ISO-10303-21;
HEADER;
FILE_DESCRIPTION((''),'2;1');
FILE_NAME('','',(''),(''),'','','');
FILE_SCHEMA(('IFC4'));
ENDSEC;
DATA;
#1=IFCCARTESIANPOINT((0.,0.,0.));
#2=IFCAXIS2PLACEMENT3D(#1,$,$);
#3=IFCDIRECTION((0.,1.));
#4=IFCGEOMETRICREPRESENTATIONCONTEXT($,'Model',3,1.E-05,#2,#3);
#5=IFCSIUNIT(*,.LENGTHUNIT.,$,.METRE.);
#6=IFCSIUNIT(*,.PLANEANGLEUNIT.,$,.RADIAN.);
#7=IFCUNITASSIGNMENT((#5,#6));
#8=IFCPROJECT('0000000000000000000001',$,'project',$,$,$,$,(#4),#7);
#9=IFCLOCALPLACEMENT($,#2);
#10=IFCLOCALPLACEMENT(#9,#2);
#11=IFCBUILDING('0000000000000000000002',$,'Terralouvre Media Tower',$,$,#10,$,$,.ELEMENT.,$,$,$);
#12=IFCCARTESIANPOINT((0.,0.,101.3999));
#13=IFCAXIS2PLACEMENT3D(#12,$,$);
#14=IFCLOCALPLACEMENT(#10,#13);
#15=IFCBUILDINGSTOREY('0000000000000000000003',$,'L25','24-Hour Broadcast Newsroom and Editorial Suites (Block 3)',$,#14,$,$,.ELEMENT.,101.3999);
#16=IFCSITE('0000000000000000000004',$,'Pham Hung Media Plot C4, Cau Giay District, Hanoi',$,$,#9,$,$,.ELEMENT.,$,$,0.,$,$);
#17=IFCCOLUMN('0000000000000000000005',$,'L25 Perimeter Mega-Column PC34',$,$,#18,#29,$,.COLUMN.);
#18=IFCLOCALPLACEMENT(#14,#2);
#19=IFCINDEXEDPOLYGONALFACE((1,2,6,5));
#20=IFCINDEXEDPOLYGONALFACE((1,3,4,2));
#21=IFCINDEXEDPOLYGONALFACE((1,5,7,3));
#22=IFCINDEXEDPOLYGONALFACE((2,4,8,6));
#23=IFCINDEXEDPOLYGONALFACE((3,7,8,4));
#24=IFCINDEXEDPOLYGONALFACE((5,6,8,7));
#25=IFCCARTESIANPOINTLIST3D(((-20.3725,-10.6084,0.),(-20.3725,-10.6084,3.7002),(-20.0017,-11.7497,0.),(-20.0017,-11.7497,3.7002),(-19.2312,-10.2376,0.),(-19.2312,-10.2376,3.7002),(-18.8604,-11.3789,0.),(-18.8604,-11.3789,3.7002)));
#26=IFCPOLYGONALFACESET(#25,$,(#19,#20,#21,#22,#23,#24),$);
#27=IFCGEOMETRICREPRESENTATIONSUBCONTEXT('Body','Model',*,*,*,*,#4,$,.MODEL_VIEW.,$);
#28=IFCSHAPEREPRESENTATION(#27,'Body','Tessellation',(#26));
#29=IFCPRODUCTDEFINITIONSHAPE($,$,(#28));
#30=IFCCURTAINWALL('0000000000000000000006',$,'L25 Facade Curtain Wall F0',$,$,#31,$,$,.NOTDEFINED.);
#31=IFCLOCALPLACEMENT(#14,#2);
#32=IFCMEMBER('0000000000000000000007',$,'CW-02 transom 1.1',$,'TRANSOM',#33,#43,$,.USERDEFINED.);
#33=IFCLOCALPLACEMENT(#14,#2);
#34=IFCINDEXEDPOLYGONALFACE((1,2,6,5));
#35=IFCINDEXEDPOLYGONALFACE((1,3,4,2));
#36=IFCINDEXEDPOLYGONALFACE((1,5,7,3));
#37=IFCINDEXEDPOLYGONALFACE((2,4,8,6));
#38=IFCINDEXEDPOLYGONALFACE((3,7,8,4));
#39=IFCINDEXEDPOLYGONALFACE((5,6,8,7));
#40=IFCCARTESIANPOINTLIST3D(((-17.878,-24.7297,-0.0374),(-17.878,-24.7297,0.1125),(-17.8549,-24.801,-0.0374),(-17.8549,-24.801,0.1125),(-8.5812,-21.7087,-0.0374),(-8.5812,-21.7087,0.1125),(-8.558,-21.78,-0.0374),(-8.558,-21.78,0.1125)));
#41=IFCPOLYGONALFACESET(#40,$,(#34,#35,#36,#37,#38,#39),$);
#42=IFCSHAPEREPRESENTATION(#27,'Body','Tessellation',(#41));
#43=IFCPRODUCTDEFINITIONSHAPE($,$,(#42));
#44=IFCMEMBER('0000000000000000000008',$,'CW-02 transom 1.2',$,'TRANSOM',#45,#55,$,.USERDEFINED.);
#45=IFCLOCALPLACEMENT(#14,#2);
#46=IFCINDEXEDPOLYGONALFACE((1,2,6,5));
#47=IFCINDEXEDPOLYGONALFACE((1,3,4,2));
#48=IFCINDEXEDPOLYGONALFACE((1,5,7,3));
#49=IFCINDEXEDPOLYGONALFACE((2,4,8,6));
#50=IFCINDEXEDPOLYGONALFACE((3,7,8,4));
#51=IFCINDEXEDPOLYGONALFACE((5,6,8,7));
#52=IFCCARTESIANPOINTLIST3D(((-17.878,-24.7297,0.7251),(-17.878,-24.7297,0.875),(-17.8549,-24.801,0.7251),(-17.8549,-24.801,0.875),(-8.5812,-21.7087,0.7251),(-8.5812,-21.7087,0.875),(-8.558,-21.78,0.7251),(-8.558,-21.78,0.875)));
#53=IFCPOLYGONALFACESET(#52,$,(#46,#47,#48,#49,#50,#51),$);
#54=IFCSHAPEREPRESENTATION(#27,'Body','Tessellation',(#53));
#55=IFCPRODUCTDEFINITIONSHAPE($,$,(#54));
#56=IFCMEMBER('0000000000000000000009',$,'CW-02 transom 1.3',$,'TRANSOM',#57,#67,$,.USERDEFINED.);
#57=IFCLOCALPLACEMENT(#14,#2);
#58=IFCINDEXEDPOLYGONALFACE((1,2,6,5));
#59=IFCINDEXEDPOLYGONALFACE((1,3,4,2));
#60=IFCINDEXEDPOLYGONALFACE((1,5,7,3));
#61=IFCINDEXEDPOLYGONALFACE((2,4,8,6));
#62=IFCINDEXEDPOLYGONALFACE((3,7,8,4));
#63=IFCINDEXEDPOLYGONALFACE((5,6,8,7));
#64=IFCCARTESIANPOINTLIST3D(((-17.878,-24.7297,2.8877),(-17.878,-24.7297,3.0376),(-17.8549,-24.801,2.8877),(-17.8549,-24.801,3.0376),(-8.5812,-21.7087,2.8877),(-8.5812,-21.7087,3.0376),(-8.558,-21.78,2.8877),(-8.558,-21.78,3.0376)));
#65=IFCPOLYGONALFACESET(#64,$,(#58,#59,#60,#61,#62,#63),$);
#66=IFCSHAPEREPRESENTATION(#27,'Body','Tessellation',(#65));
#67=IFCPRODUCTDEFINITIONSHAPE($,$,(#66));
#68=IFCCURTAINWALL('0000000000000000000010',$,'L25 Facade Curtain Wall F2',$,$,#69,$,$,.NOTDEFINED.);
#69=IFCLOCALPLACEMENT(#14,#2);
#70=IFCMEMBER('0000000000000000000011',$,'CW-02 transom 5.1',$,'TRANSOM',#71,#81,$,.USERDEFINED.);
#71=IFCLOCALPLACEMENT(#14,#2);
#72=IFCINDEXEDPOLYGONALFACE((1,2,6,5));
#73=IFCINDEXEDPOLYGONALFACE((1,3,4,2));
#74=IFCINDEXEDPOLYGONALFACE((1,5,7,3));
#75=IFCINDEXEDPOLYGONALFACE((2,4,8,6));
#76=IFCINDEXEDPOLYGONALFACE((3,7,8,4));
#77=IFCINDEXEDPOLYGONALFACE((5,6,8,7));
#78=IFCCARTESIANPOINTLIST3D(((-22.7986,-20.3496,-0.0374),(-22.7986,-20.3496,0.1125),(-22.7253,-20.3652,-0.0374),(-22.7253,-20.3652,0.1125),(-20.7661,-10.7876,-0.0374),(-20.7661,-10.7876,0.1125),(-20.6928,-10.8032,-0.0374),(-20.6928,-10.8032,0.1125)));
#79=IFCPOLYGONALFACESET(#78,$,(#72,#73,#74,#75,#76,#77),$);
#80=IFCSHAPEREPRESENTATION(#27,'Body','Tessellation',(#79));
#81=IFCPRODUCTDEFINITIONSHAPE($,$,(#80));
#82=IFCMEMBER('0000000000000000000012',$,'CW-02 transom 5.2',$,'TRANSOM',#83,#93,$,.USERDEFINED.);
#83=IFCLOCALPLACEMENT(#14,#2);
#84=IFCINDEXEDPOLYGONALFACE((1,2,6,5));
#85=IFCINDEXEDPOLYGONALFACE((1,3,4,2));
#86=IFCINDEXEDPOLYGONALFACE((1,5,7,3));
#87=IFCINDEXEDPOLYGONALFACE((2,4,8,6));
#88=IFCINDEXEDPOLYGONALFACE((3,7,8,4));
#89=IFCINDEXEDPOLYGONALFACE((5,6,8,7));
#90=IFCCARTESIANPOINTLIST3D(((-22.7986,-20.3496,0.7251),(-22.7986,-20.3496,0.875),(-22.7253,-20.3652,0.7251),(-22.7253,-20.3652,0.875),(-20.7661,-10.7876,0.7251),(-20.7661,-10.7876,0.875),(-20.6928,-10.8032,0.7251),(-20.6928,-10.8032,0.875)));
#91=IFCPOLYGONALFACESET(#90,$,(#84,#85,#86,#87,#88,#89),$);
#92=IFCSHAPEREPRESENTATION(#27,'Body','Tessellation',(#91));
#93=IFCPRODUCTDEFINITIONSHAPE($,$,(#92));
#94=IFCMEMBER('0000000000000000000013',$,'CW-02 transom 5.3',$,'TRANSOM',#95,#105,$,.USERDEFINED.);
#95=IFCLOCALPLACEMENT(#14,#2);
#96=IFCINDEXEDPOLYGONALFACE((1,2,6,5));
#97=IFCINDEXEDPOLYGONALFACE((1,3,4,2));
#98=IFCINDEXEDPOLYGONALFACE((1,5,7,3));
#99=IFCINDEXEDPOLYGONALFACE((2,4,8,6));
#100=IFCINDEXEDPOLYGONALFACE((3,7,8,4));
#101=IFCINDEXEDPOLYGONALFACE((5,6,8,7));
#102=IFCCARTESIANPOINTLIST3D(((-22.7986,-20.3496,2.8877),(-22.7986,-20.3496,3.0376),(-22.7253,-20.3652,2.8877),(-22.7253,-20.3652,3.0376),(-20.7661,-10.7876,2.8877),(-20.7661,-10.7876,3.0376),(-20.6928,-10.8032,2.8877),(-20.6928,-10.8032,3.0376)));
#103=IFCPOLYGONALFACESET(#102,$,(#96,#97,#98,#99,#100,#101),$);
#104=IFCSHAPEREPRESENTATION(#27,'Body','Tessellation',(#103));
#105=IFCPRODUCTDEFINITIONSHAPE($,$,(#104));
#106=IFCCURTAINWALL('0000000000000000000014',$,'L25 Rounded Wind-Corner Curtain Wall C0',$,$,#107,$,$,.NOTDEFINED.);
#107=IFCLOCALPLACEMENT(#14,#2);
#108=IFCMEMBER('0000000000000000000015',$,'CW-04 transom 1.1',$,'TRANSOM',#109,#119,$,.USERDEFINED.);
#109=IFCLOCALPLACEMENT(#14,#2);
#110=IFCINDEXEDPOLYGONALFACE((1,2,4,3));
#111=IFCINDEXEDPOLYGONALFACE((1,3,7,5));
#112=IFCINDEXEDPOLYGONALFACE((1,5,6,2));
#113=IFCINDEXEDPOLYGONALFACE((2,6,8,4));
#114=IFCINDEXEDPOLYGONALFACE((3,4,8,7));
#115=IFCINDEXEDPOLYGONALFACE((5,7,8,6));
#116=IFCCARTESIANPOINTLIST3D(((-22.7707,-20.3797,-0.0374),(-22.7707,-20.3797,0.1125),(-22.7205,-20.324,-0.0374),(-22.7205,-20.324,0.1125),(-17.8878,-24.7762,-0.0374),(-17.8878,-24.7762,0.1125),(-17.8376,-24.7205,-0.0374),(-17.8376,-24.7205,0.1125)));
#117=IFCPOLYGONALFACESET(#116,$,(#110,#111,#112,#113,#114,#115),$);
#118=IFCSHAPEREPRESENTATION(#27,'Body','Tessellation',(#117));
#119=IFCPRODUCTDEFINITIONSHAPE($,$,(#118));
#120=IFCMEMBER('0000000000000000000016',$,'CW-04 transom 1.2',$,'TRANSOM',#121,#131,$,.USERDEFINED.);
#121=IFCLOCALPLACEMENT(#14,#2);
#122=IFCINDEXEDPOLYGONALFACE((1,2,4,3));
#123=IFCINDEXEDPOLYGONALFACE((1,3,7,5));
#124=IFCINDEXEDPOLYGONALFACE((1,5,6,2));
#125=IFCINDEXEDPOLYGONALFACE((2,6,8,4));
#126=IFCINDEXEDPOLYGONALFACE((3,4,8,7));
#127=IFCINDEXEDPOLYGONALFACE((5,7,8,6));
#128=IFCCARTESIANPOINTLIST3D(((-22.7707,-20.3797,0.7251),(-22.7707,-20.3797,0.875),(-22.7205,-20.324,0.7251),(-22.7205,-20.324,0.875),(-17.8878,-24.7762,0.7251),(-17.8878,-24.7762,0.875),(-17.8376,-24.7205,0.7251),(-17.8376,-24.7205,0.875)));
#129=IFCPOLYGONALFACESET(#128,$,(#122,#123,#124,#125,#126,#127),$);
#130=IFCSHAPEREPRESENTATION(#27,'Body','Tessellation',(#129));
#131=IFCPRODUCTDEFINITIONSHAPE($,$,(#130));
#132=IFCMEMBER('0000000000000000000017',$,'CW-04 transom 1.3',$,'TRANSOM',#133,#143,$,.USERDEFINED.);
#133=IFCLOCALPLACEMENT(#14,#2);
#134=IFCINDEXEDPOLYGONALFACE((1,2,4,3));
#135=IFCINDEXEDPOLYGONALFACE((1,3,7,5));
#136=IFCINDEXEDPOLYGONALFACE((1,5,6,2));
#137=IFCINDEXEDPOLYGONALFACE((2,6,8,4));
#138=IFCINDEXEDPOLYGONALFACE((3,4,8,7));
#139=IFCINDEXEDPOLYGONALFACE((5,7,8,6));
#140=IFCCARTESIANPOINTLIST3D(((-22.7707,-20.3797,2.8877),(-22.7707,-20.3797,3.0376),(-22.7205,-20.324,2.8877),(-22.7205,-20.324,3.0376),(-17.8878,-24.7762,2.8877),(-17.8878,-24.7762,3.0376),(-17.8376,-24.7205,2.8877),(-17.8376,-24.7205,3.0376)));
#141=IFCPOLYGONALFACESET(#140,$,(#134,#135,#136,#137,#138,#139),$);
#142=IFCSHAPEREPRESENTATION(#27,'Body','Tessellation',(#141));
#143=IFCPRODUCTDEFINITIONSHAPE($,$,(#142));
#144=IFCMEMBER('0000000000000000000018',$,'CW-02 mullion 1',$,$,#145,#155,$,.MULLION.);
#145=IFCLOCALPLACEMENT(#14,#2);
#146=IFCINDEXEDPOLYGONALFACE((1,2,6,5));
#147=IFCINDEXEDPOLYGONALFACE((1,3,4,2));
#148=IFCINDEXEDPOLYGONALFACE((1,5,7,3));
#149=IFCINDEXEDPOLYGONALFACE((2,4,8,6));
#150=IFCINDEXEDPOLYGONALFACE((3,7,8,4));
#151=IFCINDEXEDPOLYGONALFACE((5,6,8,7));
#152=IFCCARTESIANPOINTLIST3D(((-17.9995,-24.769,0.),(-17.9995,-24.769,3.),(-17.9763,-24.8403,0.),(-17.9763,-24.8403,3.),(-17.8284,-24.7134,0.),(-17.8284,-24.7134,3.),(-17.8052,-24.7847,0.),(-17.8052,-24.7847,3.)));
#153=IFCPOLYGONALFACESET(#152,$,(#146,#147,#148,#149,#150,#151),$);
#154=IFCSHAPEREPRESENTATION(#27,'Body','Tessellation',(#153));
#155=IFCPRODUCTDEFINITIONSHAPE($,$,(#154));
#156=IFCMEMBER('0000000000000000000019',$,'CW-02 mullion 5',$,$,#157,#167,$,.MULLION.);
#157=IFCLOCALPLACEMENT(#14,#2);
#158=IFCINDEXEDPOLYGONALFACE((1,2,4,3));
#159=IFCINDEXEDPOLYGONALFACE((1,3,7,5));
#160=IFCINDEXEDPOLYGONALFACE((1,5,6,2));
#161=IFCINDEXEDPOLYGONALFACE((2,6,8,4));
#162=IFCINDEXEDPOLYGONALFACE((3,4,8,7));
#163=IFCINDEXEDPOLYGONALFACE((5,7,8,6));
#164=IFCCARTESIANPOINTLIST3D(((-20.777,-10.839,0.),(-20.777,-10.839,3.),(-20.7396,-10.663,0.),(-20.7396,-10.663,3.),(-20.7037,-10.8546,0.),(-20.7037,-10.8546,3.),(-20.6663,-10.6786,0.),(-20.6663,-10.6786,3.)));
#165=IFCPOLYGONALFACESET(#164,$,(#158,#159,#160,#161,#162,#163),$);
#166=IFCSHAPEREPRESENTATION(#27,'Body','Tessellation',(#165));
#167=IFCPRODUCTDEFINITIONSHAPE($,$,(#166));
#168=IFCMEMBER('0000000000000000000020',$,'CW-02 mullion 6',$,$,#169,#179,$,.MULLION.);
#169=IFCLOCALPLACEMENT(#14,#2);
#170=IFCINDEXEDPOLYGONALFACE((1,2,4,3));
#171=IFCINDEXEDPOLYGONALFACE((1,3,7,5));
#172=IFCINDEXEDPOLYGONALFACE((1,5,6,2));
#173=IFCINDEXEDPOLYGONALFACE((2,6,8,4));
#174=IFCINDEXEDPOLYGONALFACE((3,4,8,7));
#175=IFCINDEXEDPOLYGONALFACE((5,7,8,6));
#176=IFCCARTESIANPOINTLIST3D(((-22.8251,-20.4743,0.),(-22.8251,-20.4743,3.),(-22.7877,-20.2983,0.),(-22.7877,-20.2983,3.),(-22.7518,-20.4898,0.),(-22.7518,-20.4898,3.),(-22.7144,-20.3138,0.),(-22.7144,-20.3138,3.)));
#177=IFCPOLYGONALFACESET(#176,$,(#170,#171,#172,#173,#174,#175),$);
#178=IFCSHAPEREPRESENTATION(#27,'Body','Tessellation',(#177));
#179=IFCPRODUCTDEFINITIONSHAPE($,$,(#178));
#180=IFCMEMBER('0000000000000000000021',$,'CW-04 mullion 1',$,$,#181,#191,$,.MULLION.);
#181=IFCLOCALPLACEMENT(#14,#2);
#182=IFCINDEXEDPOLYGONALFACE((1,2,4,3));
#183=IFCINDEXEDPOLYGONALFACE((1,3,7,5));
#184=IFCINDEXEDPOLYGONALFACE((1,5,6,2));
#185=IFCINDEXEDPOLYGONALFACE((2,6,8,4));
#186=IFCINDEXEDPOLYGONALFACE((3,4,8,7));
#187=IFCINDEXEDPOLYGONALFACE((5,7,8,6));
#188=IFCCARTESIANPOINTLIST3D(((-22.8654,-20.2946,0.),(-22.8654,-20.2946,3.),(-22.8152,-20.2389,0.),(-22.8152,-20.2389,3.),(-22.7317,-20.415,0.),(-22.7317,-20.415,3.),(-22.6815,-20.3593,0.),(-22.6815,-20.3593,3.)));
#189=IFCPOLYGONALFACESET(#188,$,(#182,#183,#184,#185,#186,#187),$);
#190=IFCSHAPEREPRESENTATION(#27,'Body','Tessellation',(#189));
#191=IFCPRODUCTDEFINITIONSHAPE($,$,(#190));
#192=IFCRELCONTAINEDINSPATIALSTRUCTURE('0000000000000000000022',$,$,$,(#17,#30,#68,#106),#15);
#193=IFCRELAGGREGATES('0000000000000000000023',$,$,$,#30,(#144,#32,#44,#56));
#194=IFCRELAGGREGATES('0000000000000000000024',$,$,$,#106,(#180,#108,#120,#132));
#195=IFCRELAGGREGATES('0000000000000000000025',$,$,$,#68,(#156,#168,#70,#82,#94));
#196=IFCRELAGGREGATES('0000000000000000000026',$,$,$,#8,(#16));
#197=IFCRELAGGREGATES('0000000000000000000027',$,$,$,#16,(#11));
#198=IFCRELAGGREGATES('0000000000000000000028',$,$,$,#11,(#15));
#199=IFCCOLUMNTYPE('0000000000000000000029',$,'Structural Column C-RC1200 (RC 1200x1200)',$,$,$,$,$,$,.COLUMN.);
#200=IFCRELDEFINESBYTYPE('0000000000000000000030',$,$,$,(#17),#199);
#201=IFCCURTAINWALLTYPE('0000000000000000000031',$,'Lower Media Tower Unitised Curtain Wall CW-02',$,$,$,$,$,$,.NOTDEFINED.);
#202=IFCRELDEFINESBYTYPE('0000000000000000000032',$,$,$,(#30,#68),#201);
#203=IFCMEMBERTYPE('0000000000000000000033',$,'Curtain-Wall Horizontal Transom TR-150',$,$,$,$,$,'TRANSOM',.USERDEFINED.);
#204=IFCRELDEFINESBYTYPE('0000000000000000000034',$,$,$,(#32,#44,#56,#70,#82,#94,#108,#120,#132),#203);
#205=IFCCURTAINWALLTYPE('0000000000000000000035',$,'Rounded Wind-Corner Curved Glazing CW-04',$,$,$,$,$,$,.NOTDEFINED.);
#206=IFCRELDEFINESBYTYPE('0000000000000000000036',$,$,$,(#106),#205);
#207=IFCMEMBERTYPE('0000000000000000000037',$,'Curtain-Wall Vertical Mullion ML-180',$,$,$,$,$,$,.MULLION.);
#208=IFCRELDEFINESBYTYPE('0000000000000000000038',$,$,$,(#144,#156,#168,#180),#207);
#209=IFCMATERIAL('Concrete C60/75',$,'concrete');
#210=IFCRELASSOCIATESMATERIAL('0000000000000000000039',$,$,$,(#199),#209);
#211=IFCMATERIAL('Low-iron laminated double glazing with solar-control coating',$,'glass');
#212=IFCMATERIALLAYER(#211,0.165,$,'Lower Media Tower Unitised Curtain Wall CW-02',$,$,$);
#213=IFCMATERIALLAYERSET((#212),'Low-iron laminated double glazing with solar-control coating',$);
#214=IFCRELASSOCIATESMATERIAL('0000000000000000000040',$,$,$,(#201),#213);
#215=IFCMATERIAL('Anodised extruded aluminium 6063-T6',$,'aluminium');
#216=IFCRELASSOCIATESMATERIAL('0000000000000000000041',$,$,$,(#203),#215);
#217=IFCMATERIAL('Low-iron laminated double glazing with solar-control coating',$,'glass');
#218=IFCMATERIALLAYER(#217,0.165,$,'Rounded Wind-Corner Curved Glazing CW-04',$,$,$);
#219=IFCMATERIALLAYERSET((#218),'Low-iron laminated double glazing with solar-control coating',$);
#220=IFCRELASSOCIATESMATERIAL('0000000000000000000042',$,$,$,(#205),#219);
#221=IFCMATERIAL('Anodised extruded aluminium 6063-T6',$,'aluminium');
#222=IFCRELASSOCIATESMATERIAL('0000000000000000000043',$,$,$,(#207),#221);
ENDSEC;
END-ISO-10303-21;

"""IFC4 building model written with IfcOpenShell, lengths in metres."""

from ifc_helpers import new_model, si_unit, direction, frame, origin, origin_2d, place, context, subcontext, project, spatial, rectangle, extrude, material, layer, layer_set, material_profile, profile_set, type_object, element, aggregate, save


model = new_model("IFC4")

# Units and contexts
model_context = context("Model", 3, precision=1e-05, world=origin(), true_north=direction((0.0, 1.0)))
body_context = subcontext(model_context, "Body", "Model", "MODEL_VIEW")
ifc_project = project(units=[si_unit("LENGTHUNIT", "METRE"), si_unit("PLANEANGLEUNIT", "RADIAN")], contexts=[model_context])

# Site, building, storey
site_placement = place(None, origin())
site = spatial("IfcSite", under=ifc_project, at=site_placement, Name="Pham Hung Media Plot C4, Cau Giay District, Hanoi", CompositionType="ELEMENT", RefElevation=0.0)
building_placement = place(site_placement, origin())
building = spatial("IfcBuilding", under=site, at=building_placement, Name="Terralouvre Media Tower", CompositionType="ELEMENT")
storey_placement = place(building_placement, frame((0.0, 0.0, 101.3999)))
storey = spatial("IfcBuildingStorey", under=building, at=storey_placement, Name="L25", Description="24-Hour Broadcast Newsroom and Editorial Suites (Block 3)", CompositionType="ELEMENT", Elevation=101.3999)

# Column
ifc_material_1 = material(Name="Concrete C60/75", Category="concrete")
ifc_material_profile_1 = material_profile(ifc_material_1, rectangle(XDim=1.2, YDim=1.2, at=origin_2d()), Name="RC 1200x1200")
ifc_profile_set_1 = profile_set([ifc_material_profile_1], Name="Concrete C60/75")
column_type = type_object("IfcColumnType", Name="Structural Column C-RC1200 (RC 1200x1200)", PredefinedType="COLUMN", material=ifc_profile_set_1)
column_placement = place(storey_placement, frame((-19.6165, -10.9937, 0.0), z_axis=(0.0, 0.0, 1.0), x_axis=(0.951057, 0.309017, 0.0)))
element("IfcColumn", 1, at=column_placement, inside=storey, type_object=column_type, Name="L25 Perimeter Mega-Column PC34", PredefinedType="COLUMN", context=body_context, shape_type="SweptSolid", body=[
    extrude(rectangle(XDim=1.2, YDim=1.2, at=origin_2d()), origin(), (0.0, 0.0, 1.0), 3.7002),
])

# Curtain walls, members
ifc_material_2 = material(Name="Low-iron laminated double glazing with solar-control coating", Category="glass")
ifc_layer_1 = layer(ifc_material_2, 0.165, Name="Lower Media Tower Unitised Curtain Wall CW-02")
ifc_layer_set_1 = layer_set([ifc_layer_1], Name="Low-iron laminated double glazing with solar-control coating")
curtain_wall_type_1 = type_object("IfcCurtainWallType", Name="Lower Media Tower Unitised Curtain Wall CW-02", PredefinedType="NOTDEFINED", material=ifc_layer_set_1)
curtain_wall_1_placement = place(storey_placement, origin())
curtain_wall_1 = element("IfcCurtainWall", 2, at=curtain_wall_1_placement, inside=storey, type_object=curtain_wall_type_1, Name="L25 Facade Curtain Wall F0", PredefinedType="NOTDEFINED")
ifc_material_3 = material(Name="Anodised extruded aluminium 6063-T6", Category="aluminium")
ifc_material_profile_2 = material_profile(ifc_material_3, rectangle(XDim=0.075, YDim=0.1499, at=origin_2d()), Name="ALU 75x150")
ifc_profile_set_2 = profile_set([ifc_material_profile_2], Name="Anodised extruded aluminium 6063-T6")
member_type_1 = type_object("IfcMemberType", Name="Curtain-Wall Horizontal Transom TR-150", ElementType="TRANSOM", PredefinedType="USERDEFINED", material=ifc_profile_set_2)
member_1_placement = place(storey_placement, frame((-17.8665, -24.7654, 0.0376), z_axis=(0.951049, 0.309041, 0.0), x_axis=(-0.309041, 0.951049, 0.0)))
member_1 = element("IfcMember", 3, at=member_1_placement, type_object=member_type_1, Name="CW-02 transom 1.1", ObjectType="TRANSOM", PredefinedType="USERDEFINED", context=body_context, shape_type="SweptSolid", body=[
    extrude(rectangle(XDim=0.075, YDim=0.1499, at=origin_2d()), origin(), (0.0, 0.0, 1.0), 9.7754),
])
member_2_placement = place(storey_placement, frame((-17.8665, -24.7654, 0.8), z_axis=(0.951049, 0.309041, 0.0), x_axis=(-0.309041, 0.951049, 0.0)))
member_2 = element("IfcMember", 4, at=member_2_placement, type_object=member_type_1, Name="CW-02 transom 1.2", ObjectType="TRANSOM", PredefinedType="USERDEFINED", context=body_context, shape_type="SweptSolid", body=[
    extrude(rectangle(XDim=0.075, YDim=0.1499, at=origin_2d()), origin(), (0.0, 0.0, 1.0), 9.7754),
])
member_3_placement = place(storey_placement, frame((-17.8665, -24.7654, 2.9626), z_axis=(0.951049, 0.309041, 0.0), x_axis=(-0.309041, 0.951049, 0.0)))
member_3 = element("IfcMember", 5, at=member_3_placement, type_object=member_type_1, Name="CW-02 transom 1.3", ObjectType="TRANSOM", PredefinedType="USERDEFINED", context=body_context, shape_type="SweptSolid", body=[
    extrude(rectangle(XDim=0.075, YDim=0.1499, at=origin_2d()), origin(), (0.0, 0.0, 1.0), 9.7754),
])
curtain_wall_2_placement = place(storey_placement, origin())
curtain_wall_2 = element("IfcCurtainWall", 6, at=curtain_wall_2_placement, inside=storey, type_object=curtain_wall_type_1, Name="L25 Facade Curtain Wall F2", PredefinedType="NOTDEFINED")
member_4_placement = place(storey_placement, frame((-20.7295, -10.7954, 0.0376), z_axis=(-0.207912, -0.978148, 0.0), x_axis=(0.978148, -0.207912, 0.0)))
member_4 = element("IfcMember", 7, at=member_4_placement, type_object=member_type_1, Name="CW-02 transom 5.1", ObjectType="TRANSOM", PredefinedType="USERDEFINED", context=body_context, shape_type="SweptSolid", body=[
    extrude(rectangle(XDim=0.075, YDim=0.1499, at=origin_2d()), origin(), (0.0, 0.0, 1.0), 9.7756),
])
member_5_placement = place(storey_placement, frame((-20.7295, -10.7954, 0.8), z_axis=(-0.207912, -0.978148, 0.0), x_axis=(0.978148, -0.207912, 0.0)))
member_5 = element("IfcMember", 8, at=member_5_placement, type_object=member_type_1, Name="CW-02 transom 5.2", ObjectType="TRANSOM", PredefinedType="USERDEFINED", context=body_context, shape_type="SweptSolid", body=[
    extrude(rectangle(XDim=0.075, YDim=0.1499, at=origin_2d()), origin(), (0.0, 0.0, 1.0), 9.7756),
])
member_6_placement = place(storey_placement, frame((-20.7295, -10.7954, 2.9626), z_axis=(-0.207912, -0.978148, 0.0), x_axis=(0.978148, -0.207912, 0.0)))
member_6 = element("IfcMember", 9, at=member_6_placement, type_object=member_type_1, Name="CW-02 transom 5.3", ObjectType="TRANSOM", PredefinedType="USERDEFINED", context=body_context, shape_type="SweptSolid", body=[
    extrude(rectangle(XDim=0.075, YDim=0.1499, at=origin_2d()), origin(), (0.0, 0.0, 1.0), 9.7756),
])
ifc_material_4 = material(Name="Low-iron laminated double glazing with solar-control coating", Category="glass")
ifc_layer_2 = layer(ifc_material_4, 0.165, Name="Rounded Wind-Corner Curved Glazing CW-04")
ifc_layer_set_2 = layer_set([ifc_layer_2], Name="Low-iron laminated double glazing with solar-control coating")
curtain_wall_type_2 = type_object("IfcCurtainWallType", Name="Rounded Wind-Corner Curved Glazing CW-04", PredefinedType="NOTDEFINED", material=ifc_layer_set_2)
curtain_wall_3_placement = place(storey_placement, origin())
curtain_wall_3 = element("IfcCurtainWall", 10, at=curtain_wall_3_placement, inside=storey, type_object=curtain_wall_type_2, Name="L25 Rounded Wind-Corner Curtain Wall C0", PredefinedType="NOTDEFINED")
member_7_placement = place(storey_placement, frame((-22.7456, -20.3518, 0.0376), z_axis=(0.743146, -0.669129, 0.0), x_axis=(0.669129, 0.743146, 0.0)))
member_7 = element("IfcMember", 11, at=member_7_placement, type_object=member_type_1, Name="CW-04 transom 1.1", ObjectType="TRANSOM", PredefinedType="USERDEFINED", context=body_context, shape_type="SweptSolid", body=[
    extrude(rectangle(XDim=0.075, YDim=0.1499, at=origin_2d()), origin(), (0.0, 0.0, 1.0), 6.5706),
])
member_8_placement = place(storey_placement, frame((-22.7456, -20.3518, 0.8), z_axis=(0.743146, -0.669129, 0.0), x_axis=(0.669129, 0.743146, 0.0)))
member_8 = element("IfcMember", 12, at=member_8_placement, type_object=member_type_1, Name="CW-04 transom 1.2", ObjectType="TRANSOM", PredefinedType="USERDEFINED", context=body_context, shape_type="SweptSolid", body=[
    extrude(rectangle(XDim=0.075, YDim=0.1499, at=origin_2d()), origin(), (0.0, 0.0, 1.0), 6.5706),
])
member_9_placement = place(storey_placement, frame((-22.7456, -20.3518, 2.9626), z_axis=(0.743146, -0.669129, 0.0), x_axis=(0.669129, 0.743146, 0.0)))
member_9 = element("IfcMember", 13, at=member_9_placement, type_object=member_type_1, Name="CW-04 transom 1.3", ObjectType="TRANSOM", PredefinedType="USERDEFINED", context=body_context, shape_type="SweptSolid", body=[
    extrude(rectangle(XDim=0.075, YDim=0.1499, at=origin_2d()), origin(), (0.0, 0.0, 1.0), 6.5706),
])

# Members
ifc_material_5 = material(Name="Anodised extruded aluminium 6063-T6", Category="aluminium")
ifc_material_profile_3 = material_profile(ifc_material_5, rectangle(XDim=0.075, YDim=0.1799, at=origin_2d()), Name="ALU 75x180")
ifc_profile_set_3 = profile_set([ifc_material_profile_3], Name="Anodised extruded aluminium 6063-T6")
member_type_2 = type_object("IfcMemberType", Name="Curtain-Wall Vertical Mullion ML-180", PredefinedType="MULLION", material=ifc_profile_set_3)
member_10_placement = place(storey_placement, frame((-17.9023, -24.7769, 0.0), z_axis=(0.0, 0.0, 1.0), x_axis=(-0.309017, 0.951057, 0.0)))
member_10 = element("IfcMember", 14, at=member_10_placement, type_object=member_type_2, Name="CW-02 mullion 1", PredefinedType="MULLION", context=body_context, shape_type="SweptSolid", body=[
    extrude(rectangle(XDim=0.075, YDim=0.1799, at=origin_2d()), origin(), (0.0, 0.0, 1.0), 3.0),
])
aggregate(curtain_wall_1, [member_10, member_1, member_2, member_3])
member_11_placement = place(storey_placement, frame((-20.7217, -10.7588, 0.0), z_axis=(0.0, 0.0, 1.0), x_axis=(0.978148, -0.207912, 0.0)))
member_11 = element("IfcMember", 15, at=member_11_placement, type_object=member_type_2, Name="CW-02 mullion 5", PredefinedType="MULLION", context=body_context, shape_type="SweptSolid", body=[
    extrude(rectangle(XDim=0.075, YDim=0.1799, at=origin_2d()), origin(), (0.0, 0.0, 1.0), 3.0),
])
member_12_placement = place(storey_placement, frame((-22.7698, -20.394, 0.0), z_axis=(0.0, 0.0, 1.0), x_axis=(0.978148, -0.207912, 0.0)))
member_12 = element("IfcMember", 16, at=member_12_placement, type_object=member_type_2, Name="CW-02 mullion 6", PredefinedType="MULLION", context=body_context, shape_type="SweptSolid", body=[
    extrude(rectangle(XDim=0.075, YDim=0.1799, at=origin_2d()), origin(), (0.0, 0.0, 1.0), 3.0),
])
member_13_placement = place(storey_placement, frame((-22.7734, -20.3269, 0.0), z_axis=(0.0, 0.0, 1.0), x_axis=(0.669131, 0.743145, 0.0)))
member_13 = element("IfcMember", 17, at=member_13_placement, type_object=member_type_2, Name="CW-04 mullion 1", PredefinedType="MULLION", context=body_context, shape_type="SweptSolid", body=[
    extrude(rectangle(XDim=0.075, YDim=0.1799, at=origin_2d()), origin(), (0.0, 0.0, 1.0), 3.0),
])

aggregate(curtain_wall_3, [member_13, member_7, member_8, member_9])
aggregate(curtain_wall_2, [member_11, member_12, member_4, member_5, member_6])

save(model, "model.ifc")
